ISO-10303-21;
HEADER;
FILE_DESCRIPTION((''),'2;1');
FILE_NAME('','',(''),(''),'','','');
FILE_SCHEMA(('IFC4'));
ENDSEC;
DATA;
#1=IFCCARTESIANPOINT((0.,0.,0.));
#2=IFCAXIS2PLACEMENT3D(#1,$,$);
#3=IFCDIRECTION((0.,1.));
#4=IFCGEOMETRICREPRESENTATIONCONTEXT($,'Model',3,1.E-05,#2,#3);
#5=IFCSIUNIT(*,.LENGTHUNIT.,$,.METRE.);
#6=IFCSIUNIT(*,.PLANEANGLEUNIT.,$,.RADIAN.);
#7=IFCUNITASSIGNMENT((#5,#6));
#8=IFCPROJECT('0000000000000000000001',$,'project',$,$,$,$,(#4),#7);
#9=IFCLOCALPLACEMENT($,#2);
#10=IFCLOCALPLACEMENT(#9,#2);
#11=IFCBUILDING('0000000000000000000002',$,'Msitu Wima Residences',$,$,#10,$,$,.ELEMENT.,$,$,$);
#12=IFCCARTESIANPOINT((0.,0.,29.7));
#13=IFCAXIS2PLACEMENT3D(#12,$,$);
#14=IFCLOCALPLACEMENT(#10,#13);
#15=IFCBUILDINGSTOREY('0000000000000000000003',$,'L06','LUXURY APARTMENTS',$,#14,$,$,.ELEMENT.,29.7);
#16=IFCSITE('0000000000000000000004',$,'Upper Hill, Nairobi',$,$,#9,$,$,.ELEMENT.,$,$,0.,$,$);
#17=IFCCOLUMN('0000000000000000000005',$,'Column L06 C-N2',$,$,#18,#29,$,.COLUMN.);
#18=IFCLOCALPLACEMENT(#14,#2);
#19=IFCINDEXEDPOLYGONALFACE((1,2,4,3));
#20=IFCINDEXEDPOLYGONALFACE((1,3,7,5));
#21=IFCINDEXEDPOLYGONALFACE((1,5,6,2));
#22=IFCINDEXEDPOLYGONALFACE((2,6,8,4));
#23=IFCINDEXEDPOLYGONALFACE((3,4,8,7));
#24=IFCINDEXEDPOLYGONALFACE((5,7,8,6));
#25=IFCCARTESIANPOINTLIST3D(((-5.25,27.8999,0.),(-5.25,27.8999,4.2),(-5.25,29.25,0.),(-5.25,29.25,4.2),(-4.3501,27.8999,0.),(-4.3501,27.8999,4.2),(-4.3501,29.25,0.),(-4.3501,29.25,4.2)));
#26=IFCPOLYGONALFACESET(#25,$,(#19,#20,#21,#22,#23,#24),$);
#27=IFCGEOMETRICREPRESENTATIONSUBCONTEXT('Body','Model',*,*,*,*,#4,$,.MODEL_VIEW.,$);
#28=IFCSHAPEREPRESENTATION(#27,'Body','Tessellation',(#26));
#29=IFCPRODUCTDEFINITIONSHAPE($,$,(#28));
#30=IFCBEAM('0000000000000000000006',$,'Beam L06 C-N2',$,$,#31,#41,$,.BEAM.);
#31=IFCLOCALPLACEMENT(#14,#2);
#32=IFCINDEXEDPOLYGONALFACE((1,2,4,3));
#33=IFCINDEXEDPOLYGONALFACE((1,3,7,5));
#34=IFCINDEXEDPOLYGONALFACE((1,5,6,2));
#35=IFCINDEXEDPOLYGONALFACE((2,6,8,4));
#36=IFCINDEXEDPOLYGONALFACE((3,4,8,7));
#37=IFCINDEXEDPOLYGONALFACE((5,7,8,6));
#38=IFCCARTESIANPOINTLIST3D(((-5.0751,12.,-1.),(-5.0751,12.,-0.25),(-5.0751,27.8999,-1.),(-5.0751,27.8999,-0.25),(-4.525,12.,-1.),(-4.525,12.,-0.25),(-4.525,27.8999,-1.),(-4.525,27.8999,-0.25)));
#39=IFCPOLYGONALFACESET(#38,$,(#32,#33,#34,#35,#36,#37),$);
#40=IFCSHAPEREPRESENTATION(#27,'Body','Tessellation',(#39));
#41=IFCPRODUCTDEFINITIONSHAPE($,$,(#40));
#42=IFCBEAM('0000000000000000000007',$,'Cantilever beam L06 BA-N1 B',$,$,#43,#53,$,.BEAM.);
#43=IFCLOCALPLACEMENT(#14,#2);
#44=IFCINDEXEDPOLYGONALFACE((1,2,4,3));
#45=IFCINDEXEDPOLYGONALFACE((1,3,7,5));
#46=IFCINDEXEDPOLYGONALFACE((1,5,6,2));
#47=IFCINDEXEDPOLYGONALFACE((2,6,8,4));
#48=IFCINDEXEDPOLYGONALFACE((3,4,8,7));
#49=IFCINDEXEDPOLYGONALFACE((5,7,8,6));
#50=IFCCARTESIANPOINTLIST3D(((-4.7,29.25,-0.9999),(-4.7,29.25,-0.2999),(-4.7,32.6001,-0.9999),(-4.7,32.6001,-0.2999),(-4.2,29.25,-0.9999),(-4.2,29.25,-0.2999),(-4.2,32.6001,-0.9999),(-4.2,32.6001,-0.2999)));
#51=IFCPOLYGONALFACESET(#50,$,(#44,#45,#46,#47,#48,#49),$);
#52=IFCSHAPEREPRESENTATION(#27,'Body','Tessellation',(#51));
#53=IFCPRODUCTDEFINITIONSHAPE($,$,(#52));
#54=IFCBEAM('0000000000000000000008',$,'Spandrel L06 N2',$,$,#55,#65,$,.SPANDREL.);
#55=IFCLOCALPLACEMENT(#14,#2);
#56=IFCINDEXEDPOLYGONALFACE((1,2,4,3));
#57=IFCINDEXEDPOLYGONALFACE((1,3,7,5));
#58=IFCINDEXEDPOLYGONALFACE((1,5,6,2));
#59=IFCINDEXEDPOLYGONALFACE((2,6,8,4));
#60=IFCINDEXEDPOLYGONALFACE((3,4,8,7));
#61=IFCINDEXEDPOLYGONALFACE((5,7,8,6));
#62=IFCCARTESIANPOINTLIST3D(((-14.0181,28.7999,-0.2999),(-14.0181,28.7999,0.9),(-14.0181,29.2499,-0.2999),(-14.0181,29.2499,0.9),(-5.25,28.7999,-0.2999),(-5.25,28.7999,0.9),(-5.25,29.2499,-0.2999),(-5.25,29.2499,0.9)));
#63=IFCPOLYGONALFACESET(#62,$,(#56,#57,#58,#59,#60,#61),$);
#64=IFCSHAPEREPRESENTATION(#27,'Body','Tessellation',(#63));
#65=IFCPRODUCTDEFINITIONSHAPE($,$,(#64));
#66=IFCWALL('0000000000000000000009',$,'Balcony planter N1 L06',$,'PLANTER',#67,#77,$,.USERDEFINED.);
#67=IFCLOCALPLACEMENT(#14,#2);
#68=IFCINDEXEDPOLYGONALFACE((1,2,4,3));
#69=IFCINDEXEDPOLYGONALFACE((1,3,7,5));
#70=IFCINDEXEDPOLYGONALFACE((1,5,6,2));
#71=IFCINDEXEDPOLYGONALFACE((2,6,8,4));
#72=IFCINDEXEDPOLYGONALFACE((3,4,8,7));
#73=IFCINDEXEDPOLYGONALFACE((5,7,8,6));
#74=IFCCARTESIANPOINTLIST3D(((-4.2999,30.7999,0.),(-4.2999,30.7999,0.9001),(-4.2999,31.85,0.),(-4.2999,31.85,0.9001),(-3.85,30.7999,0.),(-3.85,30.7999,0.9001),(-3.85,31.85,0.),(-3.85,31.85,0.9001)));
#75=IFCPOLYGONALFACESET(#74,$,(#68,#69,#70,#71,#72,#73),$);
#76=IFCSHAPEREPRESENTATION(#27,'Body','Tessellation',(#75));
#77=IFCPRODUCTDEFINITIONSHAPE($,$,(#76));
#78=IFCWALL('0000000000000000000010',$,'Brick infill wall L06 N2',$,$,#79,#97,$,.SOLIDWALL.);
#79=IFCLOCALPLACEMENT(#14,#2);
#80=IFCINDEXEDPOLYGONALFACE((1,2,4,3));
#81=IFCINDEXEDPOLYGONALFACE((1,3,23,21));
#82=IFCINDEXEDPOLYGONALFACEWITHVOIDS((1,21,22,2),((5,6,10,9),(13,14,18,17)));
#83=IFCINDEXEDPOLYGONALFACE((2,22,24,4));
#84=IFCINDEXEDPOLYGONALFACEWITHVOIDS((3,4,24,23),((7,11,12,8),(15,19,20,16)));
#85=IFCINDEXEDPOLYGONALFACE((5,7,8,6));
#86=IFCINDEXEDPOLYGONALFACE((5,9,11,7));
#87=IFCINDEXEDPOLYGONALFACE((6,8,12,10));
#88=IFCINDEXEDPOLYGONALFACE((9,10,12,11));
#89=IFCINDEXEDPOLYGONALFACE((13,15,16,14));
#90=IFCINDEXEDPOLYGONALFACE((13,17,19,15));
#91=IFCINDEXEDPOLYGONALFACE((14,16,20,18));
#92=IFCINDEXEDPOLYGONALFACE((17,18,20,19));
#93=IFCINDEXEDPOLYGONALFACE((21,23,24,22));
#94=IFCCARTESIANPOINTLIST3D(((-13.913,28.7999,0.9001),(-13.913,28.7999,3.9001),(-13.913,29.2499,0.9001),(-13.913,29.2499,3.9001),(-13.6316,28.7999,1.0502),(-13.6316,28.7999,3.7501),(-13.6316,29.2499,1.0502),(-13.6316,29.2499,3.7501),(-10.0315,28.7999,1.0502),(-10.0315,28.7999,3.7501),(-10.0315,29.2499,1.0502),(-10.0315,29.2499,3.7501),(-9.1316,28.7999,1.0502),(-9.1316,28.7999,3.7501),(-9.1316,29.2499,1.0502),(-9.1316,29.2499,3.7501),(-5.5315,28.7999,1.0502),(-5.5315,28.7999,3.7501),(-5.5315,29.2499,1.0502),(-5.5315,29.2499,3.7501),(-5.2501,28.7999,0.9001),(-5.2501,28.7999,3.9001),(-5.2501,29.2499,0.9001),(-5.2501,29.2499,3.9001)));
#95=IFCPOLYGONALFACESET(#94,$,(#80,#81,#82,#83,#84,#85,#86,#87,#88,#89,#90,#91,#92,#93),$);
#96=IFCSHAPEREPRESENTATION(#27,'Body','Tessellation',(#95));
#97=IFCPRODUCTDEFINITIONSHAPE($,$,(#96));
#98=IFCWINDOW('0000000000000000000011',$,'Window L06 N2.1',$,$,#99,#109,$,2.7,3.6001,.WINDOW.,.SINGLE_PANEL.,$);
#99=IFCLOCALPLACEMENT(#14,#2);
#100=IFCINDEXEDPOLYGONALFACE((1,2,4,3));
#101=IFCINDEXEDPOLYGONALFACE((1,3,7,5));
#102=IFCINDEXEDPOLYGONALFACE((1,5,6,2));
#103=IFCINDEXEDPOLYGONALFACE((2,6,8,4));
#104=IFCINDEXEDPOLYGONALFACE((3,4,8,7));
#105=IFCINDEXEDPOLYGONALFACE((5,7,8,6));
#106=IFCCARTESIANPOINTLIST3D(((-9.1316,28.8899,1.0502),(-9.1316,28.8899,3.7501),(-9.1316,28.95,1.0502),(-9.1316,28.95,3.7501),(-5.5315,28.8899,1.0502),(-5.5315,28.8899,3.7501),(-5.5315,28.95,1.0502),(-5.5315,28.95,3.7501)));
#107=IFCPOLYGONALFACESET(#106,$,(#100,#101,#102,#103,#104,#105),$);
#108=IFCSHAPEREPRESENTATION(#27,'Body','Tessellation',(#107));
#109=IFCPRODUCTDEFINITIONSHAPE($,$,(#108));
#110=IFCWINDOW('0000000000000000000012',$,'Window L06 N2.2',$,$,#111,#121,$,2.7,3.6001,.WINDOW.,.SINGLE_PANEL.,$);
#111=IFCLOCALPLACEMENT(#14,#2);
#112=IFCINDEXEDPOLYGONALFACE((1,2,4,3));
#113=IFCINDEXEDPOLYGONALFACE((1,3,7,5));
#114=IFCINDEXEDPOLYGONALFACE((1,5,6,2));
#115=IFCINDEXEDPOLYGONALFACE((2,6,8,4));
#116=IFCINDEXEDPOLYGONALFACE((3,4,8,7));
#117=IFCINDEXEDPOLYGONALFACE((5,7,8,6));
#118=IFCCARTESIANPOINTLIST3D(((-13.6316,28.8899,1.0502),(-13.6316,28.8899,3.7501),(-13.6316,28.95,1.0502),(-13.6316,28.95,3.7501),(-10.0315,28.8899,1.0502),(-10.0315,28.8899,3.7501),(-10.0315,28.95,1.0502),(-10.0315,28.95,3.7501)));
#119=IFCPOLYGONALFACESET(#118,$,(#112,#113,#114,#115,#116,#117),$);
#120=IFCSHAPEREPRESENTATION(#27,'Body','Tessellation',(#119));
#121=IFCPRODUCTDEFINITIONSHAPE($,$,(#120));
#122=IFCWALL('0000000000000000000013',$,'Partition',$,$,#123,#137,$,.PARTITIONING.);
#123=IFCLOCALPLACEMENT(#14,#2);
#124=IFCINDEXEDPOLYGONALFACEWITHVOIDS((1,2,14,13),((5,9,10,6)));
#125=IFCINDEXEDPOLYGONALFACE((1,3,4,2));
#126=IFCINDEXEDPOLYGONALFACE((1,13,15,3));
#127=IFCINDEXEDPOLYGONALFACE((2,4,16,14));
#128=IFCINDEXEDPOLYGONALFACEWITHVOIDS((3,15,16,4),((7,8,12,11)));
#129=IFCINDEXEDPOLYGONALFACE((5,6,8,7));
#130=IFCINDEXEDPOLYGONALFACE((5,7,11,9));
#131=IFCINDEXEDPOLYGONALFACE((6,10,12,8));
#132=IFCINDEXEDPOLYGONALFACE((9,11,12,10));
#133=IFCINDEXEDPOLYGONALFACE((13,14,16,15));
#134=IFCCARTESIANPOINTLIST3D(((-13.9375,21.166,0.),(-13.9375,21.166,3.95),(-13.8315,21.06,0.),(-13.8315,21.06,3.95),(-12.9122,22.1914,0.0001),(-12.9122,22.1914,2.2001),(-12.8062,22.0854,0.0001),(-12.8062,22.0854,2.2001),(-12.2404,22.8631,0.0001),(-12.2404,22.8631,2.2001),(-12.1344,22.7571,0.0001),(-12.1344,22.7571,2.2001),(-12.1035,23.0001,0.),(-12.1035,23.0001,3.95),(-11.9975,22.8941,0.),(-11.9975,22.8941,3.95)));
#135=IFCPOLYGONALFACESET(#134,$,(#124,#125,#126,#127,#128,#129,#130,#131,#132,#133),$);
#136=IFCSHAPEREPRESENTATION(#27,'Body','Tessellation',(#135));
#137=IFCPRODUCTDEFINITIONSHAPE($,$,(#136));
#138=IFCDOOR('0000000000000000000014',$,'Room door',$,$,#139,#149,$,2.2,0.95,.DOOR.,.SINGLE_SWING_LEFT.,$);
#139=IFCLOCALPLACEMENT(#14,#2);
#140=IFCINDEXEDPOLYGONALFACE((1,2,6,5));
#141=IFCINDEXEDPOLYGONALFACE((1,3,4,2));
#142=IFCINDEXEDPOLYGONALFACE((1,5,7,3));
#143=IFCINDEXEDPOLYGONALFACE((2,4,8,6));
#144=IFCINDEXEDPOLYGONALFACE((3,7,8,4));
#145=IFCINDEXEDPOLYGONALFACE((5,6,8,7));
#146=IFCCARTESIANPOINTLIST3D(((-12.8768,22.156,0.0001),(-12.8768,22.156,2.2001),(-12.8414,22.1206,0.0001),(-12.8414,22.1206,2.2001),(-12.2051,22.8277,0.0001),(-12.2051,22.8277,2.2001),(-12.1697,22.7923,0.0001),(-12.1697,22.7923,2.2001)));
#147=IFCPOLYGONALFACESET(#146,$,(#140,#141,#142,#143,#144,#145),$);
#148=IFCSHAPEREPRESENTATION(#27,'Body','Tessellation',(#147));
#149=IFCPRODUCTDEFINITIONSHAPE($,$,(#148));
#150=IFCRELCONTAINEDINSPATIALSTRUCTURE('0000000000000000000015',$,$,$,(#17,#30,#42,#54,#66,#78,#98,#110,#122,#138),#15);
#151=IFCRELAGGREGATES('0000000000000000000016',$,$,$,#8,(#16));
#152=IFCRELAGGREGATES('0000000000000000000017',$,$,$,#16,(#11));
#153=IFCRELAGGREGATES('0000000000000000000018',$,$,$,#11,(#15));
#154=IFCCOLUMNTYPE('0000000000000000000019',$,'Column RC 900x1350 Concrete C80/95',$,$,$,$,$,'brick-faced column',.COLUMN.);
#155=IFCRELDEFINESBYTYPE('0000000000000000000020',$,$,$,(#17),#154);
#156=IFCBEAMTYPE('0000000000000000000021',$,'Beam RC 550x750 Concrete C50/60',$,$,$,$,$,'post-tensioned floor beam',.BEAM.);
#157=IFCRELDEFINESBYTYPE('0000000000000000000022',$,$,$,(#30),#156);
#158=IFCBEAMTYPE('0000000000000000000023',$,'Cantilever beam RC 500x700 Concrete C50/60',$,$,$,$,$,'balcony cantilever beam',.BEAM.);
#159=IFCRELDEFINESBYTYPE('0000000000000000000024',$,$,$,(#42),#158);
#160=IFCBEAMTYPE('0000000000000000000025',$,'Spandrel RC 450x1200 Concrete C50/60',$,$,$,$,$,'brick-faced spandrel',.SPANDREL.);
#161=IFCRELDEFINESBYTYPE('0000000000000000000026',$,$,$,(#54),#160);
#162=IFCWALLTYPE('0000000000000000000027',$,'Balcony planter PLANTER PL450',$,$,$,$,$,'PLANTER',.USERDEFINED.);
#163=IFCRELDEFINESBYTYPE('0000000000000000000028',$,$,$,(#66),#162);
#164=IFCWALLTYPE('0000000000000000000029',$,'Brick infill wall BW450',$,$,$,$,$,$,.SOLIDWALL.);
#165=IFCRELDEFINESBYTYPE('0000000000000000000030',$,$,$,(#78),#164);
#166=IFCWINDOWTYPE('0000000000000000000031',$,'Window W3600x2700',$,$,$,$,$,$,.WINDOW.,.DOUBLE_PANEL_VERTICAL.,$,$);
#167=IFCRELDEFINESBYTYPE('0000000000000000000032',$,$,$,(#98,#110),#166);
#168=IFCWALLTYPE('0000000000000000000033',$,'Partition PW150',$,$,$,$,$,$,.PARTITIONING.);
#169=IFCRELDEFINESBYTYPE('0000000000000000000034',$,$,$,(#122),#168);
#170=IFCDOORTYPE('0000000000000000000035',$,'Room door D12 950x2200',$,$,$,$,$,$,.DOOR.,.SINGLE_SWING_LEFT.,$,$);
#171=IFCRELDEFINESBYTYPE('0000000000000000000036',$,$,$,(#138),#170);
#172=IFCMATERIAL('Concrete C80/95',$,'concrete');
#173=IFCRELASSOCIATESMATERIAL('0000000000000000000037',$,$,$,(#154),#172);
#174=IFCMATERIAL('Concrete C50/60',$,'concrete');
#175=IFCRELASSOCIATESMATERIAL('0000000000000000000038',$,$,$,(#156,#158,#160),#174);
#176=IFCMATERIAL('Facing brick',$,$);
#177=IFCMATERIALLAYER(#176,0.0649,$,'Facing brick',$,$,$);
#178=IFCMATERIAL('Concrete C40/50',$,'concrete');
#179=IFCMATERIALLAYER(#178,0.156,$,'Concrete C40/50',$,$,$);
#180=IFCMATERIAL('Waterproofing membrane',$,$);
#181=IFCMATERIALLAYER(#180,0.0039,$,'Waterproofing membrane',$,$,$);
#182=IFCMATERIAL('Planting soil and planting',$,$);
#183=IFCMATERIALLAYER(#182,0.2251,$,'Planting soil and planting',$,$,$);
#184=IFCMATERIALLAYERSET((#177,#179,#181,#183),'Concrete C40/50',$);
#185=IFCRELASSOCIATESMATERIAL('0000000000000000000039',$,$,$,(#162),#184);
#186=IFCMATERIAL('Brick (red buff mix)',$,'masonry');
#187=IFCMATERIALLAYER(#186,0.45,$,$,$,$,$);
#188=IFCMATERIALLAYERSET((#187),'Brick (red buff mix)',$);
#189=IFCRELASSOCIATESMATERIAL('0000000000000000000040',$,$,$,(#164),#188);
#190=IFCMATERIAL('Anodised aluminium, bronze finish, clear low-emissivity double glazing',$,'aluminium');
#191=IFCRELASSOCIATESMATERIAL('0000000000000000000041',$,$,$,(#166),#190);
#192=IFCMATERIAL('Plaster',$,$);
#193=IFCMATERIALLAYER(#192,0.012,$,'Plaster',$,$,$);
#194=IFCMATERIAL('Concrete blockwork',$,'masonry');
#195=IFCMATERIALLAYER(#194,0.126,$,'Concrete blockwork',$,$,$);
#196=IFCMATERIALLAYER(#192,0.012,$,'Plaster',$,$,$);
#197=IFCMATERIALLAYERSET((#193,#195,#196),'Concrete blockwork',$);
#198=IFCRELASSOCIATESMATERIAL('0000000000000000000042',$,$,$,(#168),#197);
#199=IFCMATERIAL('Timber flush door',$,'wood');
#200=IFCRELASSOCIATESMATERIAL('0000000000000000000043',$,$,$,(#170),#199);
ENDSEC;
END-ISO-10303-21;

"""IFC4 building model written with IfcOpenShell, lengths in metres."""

from ifc_helpers import new_model, si_unit, direction, frame, frame_2d, origin, origin_2d, place, context, subcontext, project, spatial, rectangle, extrude, material, layer, layer_set, material_profile, profile_set, type_object, element, fill, save


model = new_model("IFC4")

# Units and contexts
model_context = context("Model", 3, precision=1e-05, world=origin(), true_north=direction((0.0, 1.0)))
body_context = subcontext(model_context, "Body", "Model", "MODEL_VIEW")
ifc_project = project(units=[si_unit("LENGTHUNIT", "METRE"), si_unit("PLANEANGLEUNIT", "RADIAN")], contexts=[model_context])

# Site, building, storey
site_placement = place(None, origin())
site = spatial("IfcSite", under=ifc_project, at=site_placement, Name="Upper Hill, Nairobi", CompositionType="ELEMENT", RefElevation=0.0)
building_placement = place(site_placement, origin())
building = spatial("IfcBuilding", under=site, at=building_placement, Name="Msitu Wima Residences", CompositionType="ELEMENT")
storey_placement = place(building_placement, frame((0.0, 0.0, 29.7)))
storey = spatial("IfcBuildingStorey", under=building, at=storey_placement, Name="L06", Description="LUXURY APARTMENTS", CompositionType="ELEMENT", Elevation=29.7)

# Column
ifc_material_1 = material(Name="Concrete C80/95", Category="concrete")
ifc_material_profile_1 = material_profile(ifc_material_1, rectangle(XDim=0.8999, YDim=1.3501, at=origin_2d()), Name="RC 900x1350")
ifc_profile_set_1 = profile_set([ifc_material_profile_1], Name="Concrete C80/95")
column_type = type_object("IfcColumnType", Name="Column RC 900x1350 Concrete C80/95", ElementType="brick-faced column", PredefinedType="COLUMN", material=ifc_profile_set_1)
column_placement = place(storey_placement, frame((-4.8, 28.575, 0.0), z_axis=(0.0, 0.0, 1.0), x_axis=(-1.0, 0.0, 0.0)))
element("IfcColumn", 1, at=column_placement, inside=storey, type_object=column_type, Name="Column L06 C-N2", PredefinedType="COLUMN", context=body_context, shape_type="SweptSolid", body=[
    extrude(rectangle(XDim=0.8999, YDim=1.3501, at=origin_2d()), origin(), (0.0, 0.0, 1.0), 4.2),
])

# Beams
ifc_material_2 = material(Name="Concrete C50/60", Category="concrete")
ifc_material_profile_2 = material_profile(ifc_material_2, rectangle(XDim=0.55, YDim=0.75, at=origin_2d()), Name="RC 550x750")
ifc_profile_set_2 = profile_set([ifc_material_profile_2], Name="Concrete C50/60")
beam_type_1 = type_object("IfcBeamType", Name="Beam RC 550x750 Concrete C50/60", ElementType="post-tensioned floor beam", PredefinedType="BEAM", material=ifc_profile_set_2)
beam_1_placement = place(storey_placement, frame((-4.8, 27.8999, -0.625), z_axis=(0.0, -1.0, 0.0), x_axis=(1.0, 0.0, 0.0)))
element("IfcBeam", 2, at=beam_1_placement, inside=storey, type_object=beam_type_1, Name="Beam L06 C-N2", PredefinedType="BEAM", context=body_context, shape_type="SweptSolid", body=[
    extrude(rectangle(XDim=0.55, YDim=0.75, at=origin_2d()), origin(), (0.0, 0.0, 1.0), 15.8999),
])
ifc_material_profile_3 = material_profile(ifc_material_2, rectangle(XDim=0.5, YDim=0.7, at=origin_2d()), Name="RC 500x700")
ifc_profile_set_3 = profile_set([ifc_material_profile_3], Name="Concrete C50/60")
beam_type_2 = type_object("IfcBeamType", Name="Cantilever beam RC 500x700 Concrete C50/60", ElementType="balcony cantilever beam", PredefinedType="BEAM", material=ifc_profile_set_3)
beam_2_placement = place(storey_placement, frame((-4.45, 29.25, -0.6499), z_axis=(0.0, 1.0, 0.0), x_axis=(-1.0, 0.0, 0.0)))
element("IfcBeam", 3, at=beam_2_placement, inside=storey, type_object=beam_type_2, Name="Cantilever beam L06 BA-N1 B", PredefinedType="BEAM", context=body_context, shape_type="SweptSolid", body=[
    extrude(rectangle(XDim=0.5, YDim=0.7, at=origin_2d()), origin(), (0.0, 0.0, 1.0), 3.3501),
])
ifc_material_profile_4 = material_profile(ifc_material_2, rectangle(XDim=0.45, YDim=1.2, at=origin_2d()), Name="RC 450x1200")
ifc_profile_set_4 = profile_set([ifc_material_profile_4], Name="Concrete C50/60")
beam_type_3 = type_object("IfcBeamType", Name="Spandrel RC 450x1200 Concrete C50/60", ElementType="brick-faced spandrel", PredefinedType="SPANDREL", material=ifc_profile_set_4)
beam_3_placement = place(storey_placement, frame((-5.25, 29.0249, 0.3), z_axis=(-1.0, 0.0, 0.0), x_axis=(0.0, -1.0, 0.0)))
element("IfcBeam", 4, at=beam_3_placement, inside=storey, type_object=beam_type_3, Name="Spandrel L06 N2", PredefinedType="SPANDREL", context=body_context, shape_type="SweptSolid", body=[
    extrude(rectangle(XDim=0.45, YDim=1.2, at=origin_2d()), origin(), (0.0, 0.0, 1.0), 8.7681),
])

# Wall
ifc_material_3 = material(Name="Facing brick")
ifc_layer_1 = layer(ifc_material_3, 0.0649, Name="Facing brick")
ifc_material_4 = material(Name="Concrete C40/50", Category="concrete")
ifc_layer_2 = layer(ifc_material_4, 0.156, Name="Concrete C40/50")
ifc_material_5 = material(Name="Waterproofing membrane")
ifc_layer_3 = layer(ifc_material_5, 0.0039, Name="Waterproofing membrane")
ifc_material_6 = material(Name="Planting soil and planting")
ifc_layer_4 = layer(ifc_material_6, 0.2251, Name="Planting soil and planting")
ifc_layer_set_1 = layer_set([ifc_layer_1, ifc_layer_2, ifc_layer_3, ifc_layer_4], Name="Concrete C40/50")
wall_type_1 = type_object("IfcWallType", Name="Balcony planter PLANTER PL450", ElementType="PLANTER", PredefinedType="USERDEFINED", material=ifc_layer_set_1)
wall_1_placement = place(storey_placement, frame((-4.075, 30.8, 0.0), z_axis=(0.0, 0.0, 1.0), x_axis=(0.0, 1.0, 0.0)))
element("IfcWall", 5, at=wall_1_placement, inside=storey, type_object=wall_type_1, Name="Balcony planter N1 L06", ObjectType="PLANTER", PredefinedType="USERDEFINED", context=body_context, shape_type="SweptSolid", body=[
    extrude(rectangle(XDim=1.05, YDim=0.45, at=frame_2d((0.5249, 0.0))), origin(), (0.0, 0.0, 1.0), 0.9001),
])

# Wall, openings, windows
ifc_material_7 = material(Name="Brick (red buff mix)", Category="masonry")
ifc_layer_5 = layer(ifc_material_7, 0.45)
ifc_layer_set_2 = layer_set([ifc_layer_5], Name="Brick (red buff mix)")
wall_type_2 = type_object("IfcWallType", Name="Brick infill wall BW450", PredefinedType="SOLIDWALL", material=ifc_layer_set_2)
wall_2_placement = place(storey_placement, frame((-5.25, 29.0249, 0.9001), z_axis=(0.0, 0.0, 1.0), x_axis=(-1.0, 0.0, 0.0)))
wall_2 = element("IfcWall", 6, at=wall_2_placement, inside=storey, type_object=wall_type_2, Name="Brick infill wall L06 N2", PredefinedType="SOLIDWALL", context=body_context, shape_type="SweptSolid", body=[
    extrude(rectangle(XDim=8.6628, YDim=0.45, at=frame_2d((4.3315, 0.0))), origin(), (0.0, 0.0, 1.0), 3.0),
])
opening_1_placement = place(wall_2_placement, frame((0.2815, 0.0, 0.1499)))
opening_1 = element("IfcOpeningElement", 7, at=opening_1_placement, cuts=wall_2, PredefinedType="OPENING", context=body_context, shape_type="SweptSolid", body=[
    extrude(rectangle(XDim=3.6001, YDim=2.7, at=frame_2d((1.8, 1.3501))), frame((0.0, 0.2349, 0.0), z_axis=(0.0, -1.0, 0.0), x_axis=(1.0, 0.0, 0.0)), (0.0, 0.0, 1.0), 0.47),
])
opening_2_placement = place(wall_2_placement, frame((4.7815, 0.0, 0.1499)))
opening_2 = element("IfcOpeningElement", 8, at=opening_2_placement, cuts=wall_2, PredefinedType="OPENING", context=body_context, shape_type="SweptSolid", body=[
    extrude(rectangle(XDim=3.6001, YDim=2.7, at=frame_2d((1.8, 1.3501))), frame((0.0, 0.2349, 0.0), z_axis=(0.0, -1.0, 0.0), x_axis=(1.0, 0.0, 0.0)), (0.0, 0.0, 1.0), 0.47),
])
ifc_material_8 = material(Name="Anodised aluminium, bronze finish, clear low-emissivity double glazing", Category="aluminium")
window_type = type_object("IfcWindowType", Name="Window W3600x2700", PartitioningType="DOUBLE_PANEL_VERTICAL", PredefinedType="WINDOW", material=ifc_material_8)
window_1_placement = place(opening_1_placement, origin())
window_1 = element("IfcWindow", 9, at=window_1_placement, inside=storey, type_object=window_type, Name="Window L06 N2.1", OverallHeight=2.7, OverallWidth=3.6001, PartitioningType="SINGLE_PANEL", PredefinedType="WINDOW", context=body_context, shape_type="SweptSolid", body=[
    extrude(rectangle(XDim=3.6001, YDim=2.7, at=frame_2d((1.8, 1.3501))), frame((0.0, 0.135, 0.0), z_axis=(0.0, -1.0, 0.0), x_axis=(1.0, 0.0, 0.0)), (0.0, 0.0, 1.0), 0.0601),
])
fill(opening_1, window_1)
window_2_placement = place(opening_2_placement, origin())
window_2 = element("IfcWindow", 10, at=window_2_placement, inside=storey, type_object=window_type, Name="Window L06 N2.2", OverallHeight=2.7, OverallWidth=3.6001, PartitioningType="SINGLE_PANEL", PredefinedType="WINDOW", context=body_context, shape_type="SweptSolid", body=[
    extrude(rectangle(XDim=3.6001, YDim=2.7, at=frame_2d((1.8, 1.3501))), frame((0.0, 0.135, 0.0), z_axis=(0.0, -1.0, 0.0), x_axis=(1.0, 0.0, 0.0)), (0.0, 0.0, 1.0), 0.0601),
])
fill(opening_2, window_2)

# Wall, opening, door
ifc_material_9 = material(Name="Plaster")
ifc_layer_6 = layer(ifc_material_9, 0.012, Name="Plaster")
ifc_material_10 = material(Name="Concrete blockwork", Category="masonry")
ifc_layer_7 = layer(ifc_material_10, 0.126, Name="Concrete blockwork")
ifc_layer_8 = layer(ifc_material_9, 0.012, Name="Plaster")
ifc_layer_set_3 = layer_set([ifc_layer_6, ifc_layer_7, ifc_layer_8], Name="Concrete blockwork")
wall_type_3 = type_object("IfcWallType", Name="Partition PW150", PredefinedType="PARTITIONING", material=ifc_layer_set_3)
wall_3_placement = place(storey_placement, frame((-13.8845, 21.113, 0.0), z_axis=(0.0, 0.0, 1.0), x_axis=(0.707107, 0.707107, 0.0)))
wall_3 = element("IfcWall", 11, at=wall_3_placement, inside=storey, type_object=wall_type_3, Name="Partition", PredefinedType="PARTITIONING", context=body_context, shape_type="SweptSolid", body=[
    extrude(rectangle(XDim=2.5938, YDim=0.1499, at=frame_2d((1.2969, 0.0))), origin(), (0.0, 0.0, 1.0), 3.95),
])
opening_3_placement = place(wall_3_placement, frame((1.45, 0.0, 0.0)))
opening_3 = element("IfcOpeningElement", 12, at=opening_3_placement, cuts=wall_3, PredefinedType="OPENING", context=body_context, shape_type="SweptSolid", body=[
    extrude(rectangle(XDim=0.95, YDim=2.2, at=frame_2d((0.4751, 1.1001))), frame((0.0, 0.085, 0.0), z_axis=(0.0, -1.0, 0.0), x_axis=(1.0, 0.0, 0.0)), (0.0, 0.0, 1.0), 0.1699),
])
ifc_material_11 = material(Name="Timber flush door", Category="wood")
door_type_1 = type_object("IfcDoorType", Name="Room door D12 950x2200", OperationType="SINGLE_SWING_LEFT", PredefinedType="DOOR", material=ifc_material_11)
door_1_placement = place(opening_3_placement, origin())
door_1 = element("IfcDoor", 13, at=door_1_placement, inside=storey, type_object=door_type_1, Name="Room door", OperationType="SINGLE_SWING_LEFT", OverallHeight=2.2, OverallWidth=0.95, PredefinedType="DOOR", context=body_context, shape_type="SweptSolid", body=[
    extrude(rectangle(XDim=0.95, YDim=2.2, at=frame_2d((0.4751, 1.1001))), frame((0.0, 0.0249, 0.0), z_axis=(0.0, -1.0, 0.0), x_axis=(1.0, 0.0, 0.0)), (0.0, 0.0, 1.0), 0.05),
])
fill(opening_3, door_1)

save(model, "model.ifc")
